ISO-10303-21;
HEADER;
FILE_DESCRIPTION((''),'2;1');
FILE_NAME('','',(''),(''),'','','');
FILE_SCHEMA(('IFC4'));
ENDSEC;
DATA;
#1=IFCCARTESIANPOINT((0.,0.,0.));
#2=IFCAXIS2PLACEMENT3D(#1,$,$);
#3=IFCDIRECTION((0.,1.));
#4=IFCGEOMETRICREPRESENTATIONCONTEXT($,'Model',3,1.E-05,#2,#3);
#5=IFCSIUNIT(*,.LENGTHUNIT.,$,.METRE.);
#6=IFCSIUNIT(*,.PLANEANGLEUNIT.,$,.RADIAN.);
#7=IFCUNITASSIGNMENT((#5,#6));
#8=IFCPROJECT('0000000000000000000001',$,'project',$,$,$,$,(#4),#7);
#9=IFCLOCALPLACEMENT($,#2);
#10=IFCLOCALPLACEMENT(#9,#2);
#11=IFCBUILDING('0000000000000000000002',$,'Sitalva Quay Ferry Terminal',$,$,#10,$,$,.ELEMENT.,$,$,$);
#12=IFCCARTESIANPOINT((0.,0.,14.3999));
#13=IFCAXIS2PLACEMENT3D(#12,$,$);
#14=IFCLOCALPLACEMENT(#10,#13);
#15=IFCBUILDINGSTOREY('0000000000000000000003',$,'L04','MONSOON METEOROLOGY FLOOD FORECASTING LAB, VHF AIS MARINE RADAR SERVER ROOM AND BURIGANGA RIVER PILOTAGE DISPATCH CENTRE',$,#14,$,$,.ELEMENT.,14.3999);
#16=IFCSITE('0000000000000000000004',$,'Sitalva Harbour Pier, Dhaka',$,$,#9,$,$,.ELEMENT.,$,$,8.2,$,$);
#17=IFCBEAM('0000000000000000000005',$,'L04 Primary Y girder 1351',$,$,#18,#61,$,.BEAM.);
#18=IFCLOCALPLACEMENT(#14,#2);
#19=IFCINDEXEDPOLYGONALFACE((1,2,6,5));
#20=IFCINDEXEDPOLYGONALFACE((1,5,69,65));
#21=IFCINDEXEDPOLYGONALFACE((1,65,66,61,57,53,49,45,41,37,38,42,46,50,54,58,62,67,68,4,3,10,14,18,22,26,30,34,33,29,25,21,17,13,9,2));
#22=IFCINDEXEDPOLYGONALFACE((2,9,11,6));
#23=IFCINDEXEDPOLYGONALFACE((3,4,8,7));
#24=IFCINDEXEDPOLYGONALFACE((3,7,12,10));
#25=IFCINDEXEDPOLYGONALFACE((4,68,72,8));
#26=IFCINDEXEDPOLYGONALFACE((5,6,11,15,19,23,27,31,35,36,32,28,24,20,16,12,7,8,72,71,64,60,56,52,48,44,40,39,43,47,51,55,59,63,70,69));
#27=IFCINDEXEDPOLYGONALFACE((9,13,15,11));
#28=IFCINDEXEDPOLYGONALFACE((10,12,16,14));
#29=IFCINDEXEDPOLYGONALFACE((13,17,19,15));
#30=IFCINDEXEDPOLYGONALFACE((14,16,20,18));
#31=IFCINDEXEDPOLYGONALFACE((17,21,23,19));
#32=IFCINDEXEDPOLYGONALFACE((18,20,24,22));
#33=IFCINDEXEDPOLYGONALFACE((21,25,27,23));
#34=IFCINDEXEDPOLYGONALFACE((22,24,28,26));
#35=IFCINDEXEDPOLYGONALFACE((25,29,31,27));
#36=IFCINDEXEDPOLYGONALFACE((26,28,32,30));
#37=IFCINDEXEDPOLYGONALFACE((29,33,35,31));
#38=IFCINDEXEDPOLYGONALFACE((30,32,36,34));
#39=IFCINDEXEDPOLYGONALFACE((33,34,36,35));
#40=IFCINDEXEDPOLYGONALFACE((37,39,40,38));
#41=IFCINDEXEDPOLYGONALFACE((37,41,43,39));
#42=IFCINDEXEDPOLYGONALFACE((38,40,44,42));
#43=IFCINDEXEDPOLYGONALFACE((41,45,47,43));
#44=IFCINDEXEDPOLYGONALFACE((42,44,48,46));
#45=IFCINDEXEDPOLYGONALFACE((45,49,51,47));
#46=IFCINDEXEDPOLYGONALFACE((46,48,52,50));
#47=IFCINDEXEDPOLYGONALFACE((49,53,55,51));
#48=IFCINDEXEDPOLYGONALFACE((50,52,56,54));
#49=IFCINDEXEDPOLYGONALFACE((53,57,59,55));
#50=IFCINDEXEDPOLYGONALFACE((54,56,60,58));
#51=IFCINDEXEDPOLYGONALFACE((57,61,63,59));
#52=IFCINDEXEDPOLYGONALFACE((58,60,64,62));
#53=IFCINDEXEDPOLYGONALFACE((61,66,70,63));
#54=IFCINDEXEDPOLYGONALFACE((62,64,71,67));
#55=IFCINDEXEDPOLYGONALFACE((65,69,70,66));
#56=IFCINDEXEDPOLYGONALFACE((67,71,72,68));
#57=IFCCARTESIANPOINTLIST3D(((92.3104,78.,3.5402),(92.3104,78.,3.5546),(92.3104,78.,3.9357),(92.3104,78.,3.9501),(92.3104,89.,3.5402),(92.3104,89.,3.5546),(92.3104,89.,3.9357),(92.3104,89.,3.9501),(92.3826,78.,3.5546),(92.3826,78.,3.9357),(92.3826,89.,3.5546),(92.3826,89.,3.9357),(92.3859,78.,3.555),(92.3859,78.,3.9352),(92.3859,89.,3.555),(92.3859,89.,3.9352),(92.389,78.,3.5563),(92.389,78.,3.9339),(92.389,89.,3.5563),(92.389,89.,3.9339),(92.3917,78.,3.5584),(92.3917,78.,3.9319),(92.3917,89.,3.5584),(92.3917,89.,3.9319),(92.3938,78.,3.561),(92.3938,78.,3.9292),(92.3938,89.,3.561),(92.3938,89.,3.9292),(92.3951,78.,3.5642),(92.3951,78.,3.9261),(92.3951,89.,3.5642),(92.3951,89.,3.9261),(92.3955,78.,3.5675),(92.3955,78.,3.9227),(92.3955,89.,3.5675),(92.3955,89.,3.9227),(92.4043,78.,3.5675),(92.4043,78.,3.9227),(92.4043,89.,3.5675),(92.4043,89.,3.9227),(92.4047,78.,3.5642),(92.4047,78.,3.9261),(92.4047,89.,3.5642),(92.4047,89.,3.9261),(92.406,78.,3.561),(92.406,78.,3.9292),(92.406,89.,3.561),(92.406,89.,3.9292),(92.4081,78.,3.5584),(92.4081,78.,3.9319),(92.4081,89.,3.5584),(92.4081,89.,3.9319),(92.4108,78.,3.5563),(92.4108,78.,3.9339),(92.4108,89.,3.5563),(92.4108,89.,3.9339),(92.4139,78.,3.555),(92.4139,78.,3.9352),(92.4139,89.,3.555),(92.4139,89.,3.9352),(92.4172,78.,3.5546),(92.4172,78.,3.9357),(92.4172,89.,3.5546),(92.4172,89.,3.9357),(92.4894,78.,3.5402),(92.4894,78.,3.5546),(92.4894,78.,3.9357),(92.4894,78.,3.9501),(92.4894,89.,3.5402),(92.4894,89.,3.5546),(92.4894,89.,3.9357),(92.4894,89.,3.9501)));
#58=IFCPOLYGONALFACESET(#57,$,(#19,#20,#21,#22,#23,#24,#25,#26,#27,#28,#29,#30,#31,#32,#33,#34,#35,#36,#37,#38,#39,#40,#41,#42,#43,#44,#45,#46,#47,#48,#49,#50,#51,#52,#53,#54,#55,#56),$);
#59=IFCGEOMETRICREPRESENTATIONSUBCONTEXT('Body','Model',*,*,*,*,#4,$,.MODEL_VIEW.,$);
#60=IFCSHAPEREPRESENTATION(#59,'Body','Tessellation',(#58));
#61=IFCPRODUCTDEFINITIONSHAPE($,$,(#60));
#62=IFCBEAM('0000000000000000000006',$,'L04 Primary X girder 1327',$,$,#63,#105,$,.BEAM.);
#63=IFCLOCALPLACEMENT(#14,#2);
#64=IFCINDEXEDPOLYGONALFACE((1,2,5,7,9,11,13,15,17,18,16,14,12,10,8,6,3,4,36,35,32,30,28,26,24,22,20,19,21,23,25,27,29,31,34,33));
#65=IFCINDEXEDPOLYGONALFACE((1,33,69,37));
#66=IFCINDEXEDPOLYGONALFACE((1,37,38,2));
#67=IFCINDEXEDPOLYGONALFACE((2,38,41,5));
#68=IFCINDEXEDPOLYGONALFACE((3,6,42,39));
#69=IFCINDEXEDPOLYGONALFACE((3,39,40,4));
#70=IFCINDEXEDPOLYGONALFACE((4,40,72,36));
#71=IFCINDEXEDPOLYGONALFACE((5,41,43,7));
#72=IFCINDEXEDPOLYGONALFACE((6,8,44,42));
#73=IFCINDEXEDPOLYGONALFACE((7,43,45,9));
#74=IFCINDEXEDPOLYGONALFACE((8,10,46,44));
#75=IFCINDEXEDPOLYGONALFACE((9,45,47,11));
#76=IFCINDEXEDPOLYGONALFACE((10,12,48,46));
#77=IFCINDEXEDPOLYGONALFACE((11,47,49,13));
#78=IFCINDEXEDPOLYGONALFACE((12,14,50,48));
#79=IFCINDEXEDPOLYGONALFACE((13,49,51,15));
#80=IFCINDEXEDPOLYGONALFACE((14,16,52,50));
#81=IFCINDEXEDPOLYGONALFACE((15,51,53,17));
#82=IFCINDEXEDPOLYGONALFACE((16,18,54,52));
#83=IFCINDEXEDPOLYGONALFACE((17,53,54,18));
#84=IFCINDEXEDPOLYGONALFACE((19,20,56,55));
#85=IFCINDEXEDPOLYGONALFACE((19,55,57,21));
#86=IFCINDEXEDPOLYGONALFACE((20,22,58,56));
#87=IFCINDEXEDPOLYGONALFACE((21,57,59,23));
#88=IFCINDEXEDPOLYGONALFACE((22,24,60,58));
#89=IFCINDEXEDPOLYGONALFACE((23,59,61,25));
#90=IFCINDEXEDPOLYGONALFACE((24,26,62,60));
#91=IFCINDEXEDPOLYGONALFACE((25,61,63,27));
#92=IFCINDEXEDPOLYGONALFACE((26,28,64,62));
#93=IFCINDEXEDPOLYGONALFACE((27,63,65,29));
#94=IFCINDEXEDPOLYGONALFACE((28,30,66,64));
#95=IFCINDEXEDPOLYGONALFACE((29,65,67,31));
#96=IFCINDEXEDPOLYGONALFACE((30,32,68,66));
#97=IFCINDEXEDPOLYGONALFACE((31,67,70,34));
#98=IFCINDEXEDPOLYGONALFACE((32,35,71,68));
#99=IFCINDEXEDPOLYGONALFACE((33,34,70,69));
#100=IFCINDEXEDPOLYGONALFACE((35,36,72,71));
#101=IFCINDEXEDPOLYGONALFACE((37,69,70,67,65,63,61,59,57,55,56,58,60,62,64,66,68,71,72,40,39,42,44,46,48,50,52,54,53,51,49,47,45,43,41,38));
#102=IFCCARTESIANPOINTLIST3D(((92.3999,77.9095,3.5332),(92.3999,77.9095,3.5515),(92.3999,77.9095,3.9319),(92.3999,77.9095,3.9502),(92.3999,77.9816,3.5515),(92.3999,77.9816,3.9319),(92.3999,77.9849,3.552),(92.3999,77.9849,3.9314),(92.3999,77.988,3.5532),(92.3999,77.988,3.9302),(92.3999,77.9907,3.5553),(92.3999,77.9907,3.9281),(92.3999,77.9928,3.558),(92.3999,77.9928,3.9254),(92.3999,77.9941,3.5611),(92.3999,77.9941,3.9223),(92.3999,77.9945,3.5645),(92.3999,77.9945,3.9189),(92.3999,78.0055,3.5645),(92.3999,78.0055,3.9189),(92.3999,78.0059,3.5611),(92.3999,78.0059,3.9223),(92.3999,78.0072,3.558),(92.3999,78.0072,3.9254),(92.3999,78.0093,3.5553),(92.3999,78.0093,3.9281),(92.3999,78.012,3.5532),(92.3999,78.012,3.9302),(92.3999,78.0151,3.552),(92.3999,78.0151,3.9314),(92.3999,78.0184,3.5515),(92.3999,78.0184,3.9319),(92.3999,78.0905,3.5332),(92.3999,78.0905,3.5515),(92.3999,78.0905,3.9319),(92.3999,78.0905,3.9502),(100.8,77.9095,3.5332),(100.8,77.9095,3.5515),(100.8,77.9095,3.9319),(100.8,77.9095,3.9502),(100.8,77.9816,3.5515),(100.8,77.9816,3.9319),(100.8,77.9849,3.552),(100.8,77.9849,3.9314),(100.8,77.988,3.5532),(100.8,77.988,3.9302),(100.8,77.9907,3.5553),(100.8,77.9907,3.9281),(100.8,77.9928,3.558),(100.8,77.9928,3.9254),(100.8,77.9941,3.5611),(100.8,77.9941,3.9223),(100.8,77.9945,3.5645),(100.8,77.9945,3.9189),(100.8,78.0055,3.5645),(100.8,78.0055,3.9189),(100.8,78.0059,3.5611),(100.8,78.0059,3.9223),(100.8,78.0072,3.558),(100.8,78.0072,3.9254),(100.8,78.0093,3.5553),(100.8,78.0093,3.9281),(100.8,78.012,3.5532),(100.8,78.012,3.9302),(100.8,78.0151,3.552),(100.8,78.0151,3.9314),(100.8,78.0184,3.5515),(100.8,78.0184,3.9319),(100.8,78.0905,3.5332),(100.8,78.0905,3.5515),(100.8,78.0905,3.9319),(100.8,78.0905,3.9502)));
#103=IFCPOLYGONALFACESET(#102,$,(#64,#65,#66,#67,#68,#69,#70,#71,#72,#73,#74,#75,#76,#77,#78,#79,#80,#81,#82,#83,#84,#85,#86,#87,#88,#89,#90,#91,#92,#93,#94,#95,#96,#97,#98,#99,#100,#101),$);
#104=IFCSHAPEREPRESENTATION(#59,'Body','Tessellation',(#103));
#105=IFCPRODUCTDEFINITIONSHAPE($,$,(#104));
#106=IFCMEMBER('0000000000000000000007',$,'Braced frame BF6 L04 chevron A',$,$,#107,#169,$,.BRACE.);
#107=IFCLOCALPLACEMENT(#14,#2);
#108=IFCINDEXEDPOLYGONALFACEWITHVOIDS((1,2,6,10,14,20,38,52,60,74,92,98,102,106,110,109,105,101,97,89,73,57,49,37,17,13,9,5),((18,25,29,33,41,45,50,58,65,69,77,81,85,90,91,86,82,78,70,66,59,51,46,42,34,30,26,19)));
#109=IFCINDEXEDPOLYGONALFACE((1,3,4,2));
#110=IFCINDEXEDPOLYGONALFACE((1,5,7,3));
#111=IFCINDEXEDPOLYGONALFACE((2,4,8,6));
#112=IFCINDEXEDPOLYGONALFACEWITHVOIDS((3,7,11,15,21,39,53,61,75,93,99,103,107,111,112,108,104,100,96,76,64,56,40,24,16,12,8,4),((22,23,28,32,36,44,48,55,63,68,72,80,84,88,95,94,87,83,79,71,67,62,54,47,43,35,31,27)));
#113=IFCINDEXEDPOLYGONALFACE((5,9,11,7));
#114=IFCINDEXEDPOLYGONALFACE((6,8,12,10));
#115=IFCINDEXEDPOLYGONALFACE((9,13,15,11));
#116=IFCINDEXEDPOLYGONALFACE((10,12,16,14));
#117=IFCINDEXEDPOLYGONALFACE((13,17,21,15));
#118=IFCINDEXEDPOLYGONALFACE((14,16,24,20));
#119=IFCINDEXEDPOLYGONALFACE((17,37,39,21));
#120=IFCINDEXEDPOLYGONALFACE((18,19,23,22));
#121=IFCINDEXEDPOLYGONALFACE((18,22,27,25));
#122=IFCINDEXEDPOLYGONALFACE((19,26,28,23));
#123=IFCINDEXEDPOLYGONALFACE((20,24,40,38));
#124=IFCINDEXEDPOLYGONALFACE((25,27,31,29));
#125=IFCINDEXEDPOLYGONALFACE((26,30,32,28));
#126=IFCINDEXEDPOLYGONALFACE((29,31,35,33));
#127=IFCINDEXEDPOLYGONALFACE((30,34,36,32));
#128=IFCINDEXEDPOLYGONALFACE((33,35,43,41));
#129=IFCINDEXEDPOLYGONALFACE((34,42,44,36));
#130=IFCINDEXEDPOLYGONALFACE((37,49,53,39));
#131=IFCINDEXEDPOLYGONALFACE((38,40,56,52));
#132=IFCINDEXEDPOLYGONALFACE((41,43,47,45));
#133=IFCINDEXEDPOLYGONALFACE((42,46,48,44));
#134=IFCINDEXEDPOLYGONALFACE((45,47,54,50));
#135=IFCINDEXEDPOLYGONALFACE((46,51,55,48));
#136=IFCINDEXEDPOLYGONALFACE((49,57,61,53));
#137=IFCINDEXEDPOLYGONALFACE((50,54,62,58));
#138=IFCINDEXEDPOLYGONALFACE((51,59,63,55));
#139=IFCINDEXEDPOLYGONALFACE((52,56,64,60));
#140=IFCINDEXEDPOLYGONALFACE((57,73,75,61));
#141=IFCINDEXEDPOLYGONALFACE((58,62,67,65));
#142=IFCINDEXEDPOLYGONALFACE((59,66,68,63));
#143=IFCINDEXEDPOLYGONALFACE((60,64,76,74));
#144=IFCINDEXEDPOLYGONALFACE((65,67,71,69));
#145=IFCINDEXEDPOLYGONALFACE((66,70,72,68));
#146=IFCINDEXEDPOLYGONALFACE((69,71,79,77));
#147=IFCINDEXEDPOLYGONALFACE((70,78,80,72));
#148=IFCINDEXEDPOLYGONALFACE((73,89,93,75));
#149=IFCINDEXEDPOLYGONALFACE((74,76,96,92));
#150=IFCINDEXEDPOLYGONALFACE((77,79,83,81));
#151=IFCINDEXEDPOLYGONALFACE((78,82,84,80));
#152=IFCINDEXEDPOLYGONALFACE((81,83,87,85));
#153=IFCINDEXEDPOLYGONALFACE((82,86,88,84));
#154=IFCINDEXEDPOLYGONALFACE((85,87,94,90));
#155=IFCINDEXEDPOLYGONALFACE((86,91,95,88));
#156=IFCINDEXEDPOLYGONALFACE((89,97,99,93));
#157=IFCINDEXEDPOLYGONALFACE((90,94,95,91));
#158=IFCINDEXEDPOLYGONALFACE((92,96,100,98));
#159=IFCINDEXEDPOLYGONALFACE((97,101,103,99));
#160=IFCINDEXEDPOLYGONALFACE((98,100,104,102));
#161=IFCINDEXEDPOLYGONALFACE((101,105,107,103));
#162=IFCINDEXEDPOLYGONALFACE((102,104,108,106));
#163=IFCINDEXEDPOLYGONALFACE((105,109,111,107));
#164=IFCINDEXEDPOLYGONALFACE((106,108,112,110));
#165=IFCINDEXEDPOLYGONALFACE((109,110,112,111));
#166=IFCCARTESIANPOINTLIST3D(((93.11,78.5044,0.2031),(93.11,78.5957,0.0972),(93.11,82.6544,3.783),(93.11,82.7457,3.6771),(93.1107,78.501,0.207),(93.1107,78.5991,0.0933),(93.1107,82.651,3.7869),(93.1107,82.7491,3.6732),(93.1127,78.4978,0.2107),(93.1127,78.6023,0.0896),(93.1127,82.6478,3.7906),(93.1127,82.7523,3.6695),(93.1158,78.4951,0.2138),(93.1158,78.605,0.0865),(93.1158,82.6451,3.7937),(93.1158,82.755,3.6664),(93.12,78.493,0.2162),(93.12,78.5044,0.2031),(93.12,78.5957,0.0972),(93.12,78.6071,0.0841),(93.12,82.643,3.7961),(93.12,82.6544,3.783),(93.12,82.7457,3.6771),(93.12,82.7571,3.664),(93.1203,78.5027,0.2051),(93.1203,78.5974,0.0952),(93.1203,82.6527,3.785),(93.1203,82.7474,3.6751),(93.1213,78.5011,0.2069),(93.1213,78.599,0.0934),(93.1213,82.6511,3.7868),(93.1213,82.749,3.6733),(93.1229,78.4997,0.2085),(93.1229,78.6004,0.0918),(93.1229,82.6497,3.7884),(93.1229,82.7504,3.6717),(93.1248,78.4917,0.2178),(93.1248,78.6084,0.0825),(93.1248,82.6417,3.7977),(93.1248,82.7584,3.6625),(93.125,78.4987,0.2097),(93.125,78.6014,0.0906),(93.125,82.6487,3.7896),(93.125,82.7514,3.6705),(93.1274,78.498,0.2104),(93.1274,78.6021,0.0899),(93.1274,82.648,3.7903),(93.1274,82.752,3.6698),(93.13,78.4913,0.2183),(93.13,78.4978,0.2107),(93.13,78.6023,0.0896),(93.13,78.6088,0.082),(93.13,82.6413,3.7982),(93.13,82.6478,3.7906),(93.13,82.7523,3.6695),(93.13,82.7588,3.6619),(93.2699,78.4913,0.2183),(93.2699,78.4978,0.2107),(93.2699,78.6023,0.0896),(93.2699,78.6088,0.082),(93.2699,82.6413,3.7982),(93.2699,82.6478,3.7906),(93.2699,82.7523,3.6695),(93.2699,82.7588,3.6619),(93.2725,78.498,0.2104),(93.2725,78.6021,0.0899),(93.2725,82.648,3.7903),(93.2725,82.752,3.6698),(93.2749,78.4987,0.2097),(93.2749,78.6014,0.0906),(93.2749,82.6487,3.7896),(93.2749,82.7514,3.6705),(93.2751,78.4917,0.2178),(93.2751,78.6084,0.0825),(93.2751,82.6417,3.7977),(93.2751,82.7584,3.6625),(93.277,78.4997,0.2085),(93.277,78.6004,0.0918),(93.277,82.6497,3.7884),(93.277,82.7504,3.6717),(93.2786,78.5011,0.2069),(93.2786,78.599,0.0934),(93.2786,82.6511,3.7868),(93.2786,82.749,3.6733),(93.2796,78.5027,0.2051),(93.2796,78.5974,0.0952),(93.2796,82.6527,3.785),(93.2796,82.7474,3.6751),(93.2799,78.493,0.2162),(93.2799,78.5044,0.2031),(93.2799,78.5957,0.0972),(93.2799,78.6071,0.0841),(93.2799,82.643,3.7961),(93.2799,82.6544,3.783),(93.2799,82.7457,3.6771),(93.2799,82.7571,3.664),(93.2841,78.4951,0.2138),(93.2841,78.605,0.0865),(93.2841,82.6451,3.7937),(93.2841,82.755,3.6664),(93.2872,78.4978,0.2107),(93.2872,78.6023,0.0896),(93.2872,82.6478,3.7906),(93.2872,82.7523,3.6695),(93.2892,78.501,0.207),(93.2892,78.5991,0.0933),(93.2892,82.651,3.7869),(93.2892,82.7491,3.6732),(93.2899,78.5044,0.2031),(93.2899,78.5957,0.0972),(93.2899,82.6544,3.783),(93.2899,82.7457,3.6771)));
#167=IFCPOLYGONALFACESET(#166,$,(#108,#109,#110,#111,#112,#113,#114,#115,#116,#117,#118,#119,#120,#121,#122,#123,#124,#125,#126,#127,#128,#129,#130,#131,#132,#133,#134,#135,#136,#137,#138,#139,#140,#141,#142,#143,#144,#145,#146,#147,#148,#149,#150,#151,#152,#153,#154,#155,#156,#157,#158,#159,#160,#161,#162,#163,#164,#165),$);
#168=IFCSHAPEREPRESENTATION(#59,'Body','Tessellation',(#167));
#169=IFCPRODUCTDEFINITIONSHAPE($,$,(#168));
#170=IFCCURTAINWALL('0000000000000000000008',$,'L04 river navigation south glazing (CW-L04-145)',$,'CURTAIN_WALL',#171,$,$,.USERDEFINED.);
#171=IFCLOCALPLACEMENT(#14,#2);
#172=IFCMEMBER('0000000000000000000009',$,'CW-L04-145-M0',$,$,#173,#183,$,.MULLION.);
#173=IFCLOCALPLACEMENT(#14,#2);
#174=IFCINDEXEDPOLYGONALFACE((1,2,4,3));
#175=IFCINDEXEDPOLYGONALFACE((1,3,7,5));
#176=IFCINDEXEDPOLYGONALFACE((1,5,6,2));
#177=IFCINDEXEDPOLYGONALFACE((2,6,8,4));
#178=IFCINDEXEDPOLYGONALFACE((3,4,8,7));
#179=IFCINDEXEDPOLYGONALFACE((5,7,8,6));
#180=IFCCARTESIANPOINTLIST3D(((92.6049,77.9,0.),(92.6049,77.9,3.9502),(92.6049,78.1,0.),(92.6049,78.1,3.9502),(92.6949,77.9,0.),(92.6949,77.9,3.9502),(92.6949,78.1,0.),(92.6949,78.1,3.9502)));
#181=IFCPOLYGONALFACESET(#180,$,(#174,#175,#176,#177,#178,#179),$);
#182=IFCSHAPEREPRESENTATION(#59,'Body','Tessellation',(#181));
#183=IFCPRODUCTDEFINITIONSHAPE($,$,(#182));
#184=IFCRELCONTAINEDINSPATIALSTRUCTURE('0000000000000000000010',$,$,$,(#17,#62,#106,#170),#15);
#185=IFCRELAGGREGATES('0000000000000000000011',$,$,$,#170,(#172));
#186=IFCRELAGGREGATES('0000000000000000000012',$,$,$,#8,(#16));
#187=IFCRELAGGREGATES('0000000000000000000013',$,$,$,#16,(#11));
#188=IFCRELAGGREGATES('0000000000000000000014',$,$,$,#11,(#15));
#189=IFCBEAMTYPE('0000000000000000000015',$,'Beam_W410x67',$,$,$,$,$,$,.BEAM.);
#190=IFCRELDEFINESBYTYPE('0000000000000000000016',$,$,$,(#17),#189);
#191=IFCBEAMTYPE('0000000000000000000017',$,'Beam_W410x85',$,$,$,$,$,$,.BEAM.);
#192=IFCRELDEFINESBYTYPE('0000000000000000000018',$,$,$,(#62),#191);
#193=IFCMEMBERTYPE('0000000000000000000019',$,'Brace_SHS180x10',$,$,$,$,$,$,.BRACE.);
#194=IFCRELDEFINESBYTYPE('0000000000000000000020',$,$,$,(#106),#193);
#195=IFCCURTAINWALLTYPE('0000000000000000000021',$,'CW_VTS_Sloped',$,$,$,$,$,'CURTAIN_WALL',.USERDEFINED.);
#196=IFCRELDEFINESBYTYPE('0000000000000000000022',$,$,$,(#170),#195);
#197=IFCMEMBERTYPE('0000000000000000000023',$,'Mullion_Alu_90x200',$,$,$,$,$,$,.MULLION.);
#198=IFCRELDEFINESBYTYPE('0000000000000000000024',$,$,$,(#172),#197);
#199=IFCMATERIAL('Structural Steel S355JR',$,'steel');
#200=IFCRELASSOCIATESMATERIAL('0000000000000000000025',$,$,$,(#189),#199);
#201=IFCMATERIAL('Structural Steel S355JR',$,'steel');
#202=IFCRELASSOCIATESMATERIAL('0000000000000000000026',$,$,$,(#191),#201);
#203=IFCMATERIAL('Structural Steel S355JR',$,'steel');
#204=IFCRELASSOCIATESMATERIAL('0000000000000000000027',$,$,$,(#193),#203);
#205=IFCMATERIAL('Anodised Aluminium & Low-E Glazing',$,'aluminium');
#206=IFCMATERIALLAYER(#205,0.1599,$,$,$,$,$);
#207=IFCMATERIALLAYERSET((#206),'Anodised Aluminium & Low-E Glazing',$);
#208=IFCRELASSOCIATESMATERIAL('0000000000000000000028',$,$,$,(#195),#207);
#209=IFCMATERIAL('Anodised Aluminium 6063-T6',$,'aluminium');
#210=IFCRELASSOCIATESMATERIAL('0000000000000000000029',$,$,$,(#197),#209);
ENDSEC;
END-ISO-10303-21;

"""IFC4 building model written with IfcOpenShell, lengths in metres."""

from ifc_helpers import new_model, si_unit, direction, frame, origin, origin_2d, place, context, subcontext, project, spatial, rectangle, hollow_rectangle, i_section, extrude, material, layer, layer_set, material_profile, profile_set, type_object, element, aggregate, save


model = new_model("IFC4")

# Units and contexts
model_context = context("Model", 3, precision=1e-05, world=origin(), true_north=direction((0.0, 1.0)))
body_context = subcontext(model_context, "Body", "Model", "MODEL_VIEW")
ifc_project = project(units=[si_unit("LENGTHUNIT", "METRE"), si_unit("PLANEANGLEUNIT", "RADIAN")], contexts=[model_context])

# Site, building, storey
site_placement = place(None, origin())
site = spatial("IfcSite", under=ifc_project, at=site_placement, Name="Sitalva Harbour Pier, Dhaka", CompositionType="ELEMENT", RefElevation=8.2)
building_placement = place(site_placement, origin())
building = spatial("IfcBuilding", under=site, at=building_placement, Name="Sitalva Quay Ferry Terminal", CompositionType="ELEMENT")
storey_placement = place(building_placement, frame((0.0, 0.0, 14.3999)))
storey = spatial("IfcBuildingStorey", under=building, at=storey_placement, Name="L04", Description="MONSOON METEOROLOGY FLOOD FORECASTING LAB, VHF AIS MARINE RADAR SERVER ROOM AND BURIGANGA RIVER PILOTAGE DISPATCH CENTRE", CompositionType="ELEMENT", Elevation=14.3999)

# Beams
ifc_material_1 = material(Name="Structural Steel S355JR", Category="steel")
ifc_material_profile_1 = material_profile(ifc_material_1, i_section(OverallWidth=0.179, OverallDepth=0.4099, WebThickness=0.0088, FlangeThickness=0.0144, FilletRadius=0.0129, at=origin_2d()), Name="W410x67")
ifc_profile_set_1 = profile_set([ifc_material_profile_1], Name="Structural Steel S355JR")
beam_type_1 = type_object("IfcBeamType", Name="Beam_W410x67", PredefinedType="BEAM", material=ifc_profile_set_1)
beam_1_placement = place(storey_placement, frame((92.3999, 78.0, 3.7451), z_axis=(0.0, 1.0, 0.0), x_axis=(-1.0, 0.0, 0.0)))
element("IfcBeam", 1, at=beam_1_placement, inside=storey, type_object=beam_type_1, Name="L04 Primary Y girder 1351", PredefinedType="BEAM", context=body_context, shape_type="SweptSolid", body=[
    extrude(i_section(OverallWidth=0.179, OverallDepth=0.4099, WebThickness=0.0088, FlangeThickness=0.0144, FilletRadius=0.0129, at=origin_2d()), origin(), (0.0, 0.0, 1.0), 11.0),
])
ifc_material_2 = material(Name="Structural Steel S355JR", Category="steel")
ifc_material_profile_2 = material_profile(ifc_material_2, i_section(OverallWidth=0.1809, OverallDepth=0.417, WebThickness=0.011, FlangeThickness=0.0183, FilletRadius=0.0129, at=origin_2d()), Name="W410x85")
ifc_profile_set_2 = profile_set([ifc_material_profile_2], Name="Structural Steel S355JR")
beam_type_2 = type_object("IfcBeamType", Name="Beam_W410x85", PredefinedType="BEAM", material=ifc_profile_set_2)
beam_2_placement = place(storey_placement, frame((92.3999, 78.0, 3.7417), z_axis=(1.0, 0.0, 0.0), x_axis=(0.0, 1.0, 0.0)))
element("IfcBeam", 2, at=beam_2_placement, inside=storey, type_object=beam_type_2, Name="L04 Primary X girder 1327", PredefinedType="BEAM", context=body_context, shape_type="SweptSolid", body=[
    extrude(i_section(OverallWidth=0.1809, OverallDepth=0.417, WebThickness=0.011, FlangeThickness=0.0183, FilletRadius=0.0129, at=origin_2d()), origin(), (0.0, 0.0, 1.0), 8.4001),
])

# Member
ifc_material_3 = material(Name="Structural Steel S355JR", Category="steel")
ifc_material_profile_3 = material_profile(ifc_material_3, hollow_rectangle(XDim=0.1799, YDim=0.1799, WallThickness=0.01, InnerFilletRadius=0.01, OuterFilletRadius=0.02, at=origin_2d()), Name="SHS180x180x10")
ifc_profile_set_3 = profile_set([ifc_material_profile_3], Name="Structural Steel S355JR")
member_type_1 = type_object("IfcMemberType", Name="Brace_SHS180x10", PredefinedType="BRACE", material=ifc_profile_set_3)
member_1_placement = place(storey_placement, frame((93.2, 78.55, 0.1501), z_axis=(0.0, 0.757199, 0.653184), x_axis=(-1.0, 0.0, 0.0)))
element("IfcMember", 3, at=member_1_placement, inside=storey, type_object=member_type_1, Name="Braced frame BF6 L04 chevron A", PredefinedType="BRACE", context=body_context, shape_type="SweptSolid", body=[
    extrude(hollow_rectangle(XDim=0.1799, YDim=0.1799, WallThickness=0.01, InnerFilletRadius=0.01, OuterFilletRadius=0.02, at=origin_2d()), origin(), (0.0, 0.0, 1.0), 5.4807),
])

# Curtain wall, member
ifc_material_4 = material(Name="Anodised Aluminium & Low-E Glazing", Category="aluminium")
ifc_layer_1 = layer(ifc_material_4, 0.1599)
ifc_layer_set_1 = layer_set([ifc_layer_1], Name="Anodised Aluminium & Low-E Glazing")
curtain_wall_type = type_object("IfcCurtainWallType", Name="CW_VTS_Sloped", ElementType="CURTAIN_WALL", PredefinedType="USERDEFINED", material=ifc_layer_set_1)
curtain_wall_placement = place(storey_placement, origin())
curtain_wall = element("IfcCurtainWall", 4, at=curtain_wall_placement, inside=storey, type_object=curtain_wall_type, Name="L04 river navigation south glazing (CW-L04-145)", ObjectType="CURTAIN_WALL", PredefinedType="USERDEFINED")
ifc_material_5 = material(Name="Anodised Aluminium 6063-T6", Category="aluminium")
ifc_material_profile_4 = material_profile(ifc_material_5, rectangle(XDim=0.0901, YDim=0.2, at=origin_2d()), Name="ALU90x200")
ifc_profile_set_4 = profile_set([ifc_material_profile_4], Name="Anodised Aluminium 6063-T6")
member_type_2 = type_object("IfcMemberType", Name="Mullion_Alu_90x200", PredefinedType="MULLION", material=ifc_profile_set_4)
member_2_placement = place(storey_placement, frame((92.6499, 78.0, 0.0), z_axis=(0.0, 0.0, 1.0), x_axis=(1.0, 0.0, 0.0)))
member_2 = element("IfcMember", 5, at=member_2_placement, type_object=member_type_2, Name="CW-L04-145-M0", PredefinedType="MULLION", context=body_context, shape_type="SweptSolid", body=[
    extrude(rectangle(XDim=0.0901, YDim=0.2, at=origin_2d()), origin(), (0.0, 0.0, 1.0), 3.9502),
])

aggregate(curtain_wall, [member_2])

save(model, "model.ifc")
